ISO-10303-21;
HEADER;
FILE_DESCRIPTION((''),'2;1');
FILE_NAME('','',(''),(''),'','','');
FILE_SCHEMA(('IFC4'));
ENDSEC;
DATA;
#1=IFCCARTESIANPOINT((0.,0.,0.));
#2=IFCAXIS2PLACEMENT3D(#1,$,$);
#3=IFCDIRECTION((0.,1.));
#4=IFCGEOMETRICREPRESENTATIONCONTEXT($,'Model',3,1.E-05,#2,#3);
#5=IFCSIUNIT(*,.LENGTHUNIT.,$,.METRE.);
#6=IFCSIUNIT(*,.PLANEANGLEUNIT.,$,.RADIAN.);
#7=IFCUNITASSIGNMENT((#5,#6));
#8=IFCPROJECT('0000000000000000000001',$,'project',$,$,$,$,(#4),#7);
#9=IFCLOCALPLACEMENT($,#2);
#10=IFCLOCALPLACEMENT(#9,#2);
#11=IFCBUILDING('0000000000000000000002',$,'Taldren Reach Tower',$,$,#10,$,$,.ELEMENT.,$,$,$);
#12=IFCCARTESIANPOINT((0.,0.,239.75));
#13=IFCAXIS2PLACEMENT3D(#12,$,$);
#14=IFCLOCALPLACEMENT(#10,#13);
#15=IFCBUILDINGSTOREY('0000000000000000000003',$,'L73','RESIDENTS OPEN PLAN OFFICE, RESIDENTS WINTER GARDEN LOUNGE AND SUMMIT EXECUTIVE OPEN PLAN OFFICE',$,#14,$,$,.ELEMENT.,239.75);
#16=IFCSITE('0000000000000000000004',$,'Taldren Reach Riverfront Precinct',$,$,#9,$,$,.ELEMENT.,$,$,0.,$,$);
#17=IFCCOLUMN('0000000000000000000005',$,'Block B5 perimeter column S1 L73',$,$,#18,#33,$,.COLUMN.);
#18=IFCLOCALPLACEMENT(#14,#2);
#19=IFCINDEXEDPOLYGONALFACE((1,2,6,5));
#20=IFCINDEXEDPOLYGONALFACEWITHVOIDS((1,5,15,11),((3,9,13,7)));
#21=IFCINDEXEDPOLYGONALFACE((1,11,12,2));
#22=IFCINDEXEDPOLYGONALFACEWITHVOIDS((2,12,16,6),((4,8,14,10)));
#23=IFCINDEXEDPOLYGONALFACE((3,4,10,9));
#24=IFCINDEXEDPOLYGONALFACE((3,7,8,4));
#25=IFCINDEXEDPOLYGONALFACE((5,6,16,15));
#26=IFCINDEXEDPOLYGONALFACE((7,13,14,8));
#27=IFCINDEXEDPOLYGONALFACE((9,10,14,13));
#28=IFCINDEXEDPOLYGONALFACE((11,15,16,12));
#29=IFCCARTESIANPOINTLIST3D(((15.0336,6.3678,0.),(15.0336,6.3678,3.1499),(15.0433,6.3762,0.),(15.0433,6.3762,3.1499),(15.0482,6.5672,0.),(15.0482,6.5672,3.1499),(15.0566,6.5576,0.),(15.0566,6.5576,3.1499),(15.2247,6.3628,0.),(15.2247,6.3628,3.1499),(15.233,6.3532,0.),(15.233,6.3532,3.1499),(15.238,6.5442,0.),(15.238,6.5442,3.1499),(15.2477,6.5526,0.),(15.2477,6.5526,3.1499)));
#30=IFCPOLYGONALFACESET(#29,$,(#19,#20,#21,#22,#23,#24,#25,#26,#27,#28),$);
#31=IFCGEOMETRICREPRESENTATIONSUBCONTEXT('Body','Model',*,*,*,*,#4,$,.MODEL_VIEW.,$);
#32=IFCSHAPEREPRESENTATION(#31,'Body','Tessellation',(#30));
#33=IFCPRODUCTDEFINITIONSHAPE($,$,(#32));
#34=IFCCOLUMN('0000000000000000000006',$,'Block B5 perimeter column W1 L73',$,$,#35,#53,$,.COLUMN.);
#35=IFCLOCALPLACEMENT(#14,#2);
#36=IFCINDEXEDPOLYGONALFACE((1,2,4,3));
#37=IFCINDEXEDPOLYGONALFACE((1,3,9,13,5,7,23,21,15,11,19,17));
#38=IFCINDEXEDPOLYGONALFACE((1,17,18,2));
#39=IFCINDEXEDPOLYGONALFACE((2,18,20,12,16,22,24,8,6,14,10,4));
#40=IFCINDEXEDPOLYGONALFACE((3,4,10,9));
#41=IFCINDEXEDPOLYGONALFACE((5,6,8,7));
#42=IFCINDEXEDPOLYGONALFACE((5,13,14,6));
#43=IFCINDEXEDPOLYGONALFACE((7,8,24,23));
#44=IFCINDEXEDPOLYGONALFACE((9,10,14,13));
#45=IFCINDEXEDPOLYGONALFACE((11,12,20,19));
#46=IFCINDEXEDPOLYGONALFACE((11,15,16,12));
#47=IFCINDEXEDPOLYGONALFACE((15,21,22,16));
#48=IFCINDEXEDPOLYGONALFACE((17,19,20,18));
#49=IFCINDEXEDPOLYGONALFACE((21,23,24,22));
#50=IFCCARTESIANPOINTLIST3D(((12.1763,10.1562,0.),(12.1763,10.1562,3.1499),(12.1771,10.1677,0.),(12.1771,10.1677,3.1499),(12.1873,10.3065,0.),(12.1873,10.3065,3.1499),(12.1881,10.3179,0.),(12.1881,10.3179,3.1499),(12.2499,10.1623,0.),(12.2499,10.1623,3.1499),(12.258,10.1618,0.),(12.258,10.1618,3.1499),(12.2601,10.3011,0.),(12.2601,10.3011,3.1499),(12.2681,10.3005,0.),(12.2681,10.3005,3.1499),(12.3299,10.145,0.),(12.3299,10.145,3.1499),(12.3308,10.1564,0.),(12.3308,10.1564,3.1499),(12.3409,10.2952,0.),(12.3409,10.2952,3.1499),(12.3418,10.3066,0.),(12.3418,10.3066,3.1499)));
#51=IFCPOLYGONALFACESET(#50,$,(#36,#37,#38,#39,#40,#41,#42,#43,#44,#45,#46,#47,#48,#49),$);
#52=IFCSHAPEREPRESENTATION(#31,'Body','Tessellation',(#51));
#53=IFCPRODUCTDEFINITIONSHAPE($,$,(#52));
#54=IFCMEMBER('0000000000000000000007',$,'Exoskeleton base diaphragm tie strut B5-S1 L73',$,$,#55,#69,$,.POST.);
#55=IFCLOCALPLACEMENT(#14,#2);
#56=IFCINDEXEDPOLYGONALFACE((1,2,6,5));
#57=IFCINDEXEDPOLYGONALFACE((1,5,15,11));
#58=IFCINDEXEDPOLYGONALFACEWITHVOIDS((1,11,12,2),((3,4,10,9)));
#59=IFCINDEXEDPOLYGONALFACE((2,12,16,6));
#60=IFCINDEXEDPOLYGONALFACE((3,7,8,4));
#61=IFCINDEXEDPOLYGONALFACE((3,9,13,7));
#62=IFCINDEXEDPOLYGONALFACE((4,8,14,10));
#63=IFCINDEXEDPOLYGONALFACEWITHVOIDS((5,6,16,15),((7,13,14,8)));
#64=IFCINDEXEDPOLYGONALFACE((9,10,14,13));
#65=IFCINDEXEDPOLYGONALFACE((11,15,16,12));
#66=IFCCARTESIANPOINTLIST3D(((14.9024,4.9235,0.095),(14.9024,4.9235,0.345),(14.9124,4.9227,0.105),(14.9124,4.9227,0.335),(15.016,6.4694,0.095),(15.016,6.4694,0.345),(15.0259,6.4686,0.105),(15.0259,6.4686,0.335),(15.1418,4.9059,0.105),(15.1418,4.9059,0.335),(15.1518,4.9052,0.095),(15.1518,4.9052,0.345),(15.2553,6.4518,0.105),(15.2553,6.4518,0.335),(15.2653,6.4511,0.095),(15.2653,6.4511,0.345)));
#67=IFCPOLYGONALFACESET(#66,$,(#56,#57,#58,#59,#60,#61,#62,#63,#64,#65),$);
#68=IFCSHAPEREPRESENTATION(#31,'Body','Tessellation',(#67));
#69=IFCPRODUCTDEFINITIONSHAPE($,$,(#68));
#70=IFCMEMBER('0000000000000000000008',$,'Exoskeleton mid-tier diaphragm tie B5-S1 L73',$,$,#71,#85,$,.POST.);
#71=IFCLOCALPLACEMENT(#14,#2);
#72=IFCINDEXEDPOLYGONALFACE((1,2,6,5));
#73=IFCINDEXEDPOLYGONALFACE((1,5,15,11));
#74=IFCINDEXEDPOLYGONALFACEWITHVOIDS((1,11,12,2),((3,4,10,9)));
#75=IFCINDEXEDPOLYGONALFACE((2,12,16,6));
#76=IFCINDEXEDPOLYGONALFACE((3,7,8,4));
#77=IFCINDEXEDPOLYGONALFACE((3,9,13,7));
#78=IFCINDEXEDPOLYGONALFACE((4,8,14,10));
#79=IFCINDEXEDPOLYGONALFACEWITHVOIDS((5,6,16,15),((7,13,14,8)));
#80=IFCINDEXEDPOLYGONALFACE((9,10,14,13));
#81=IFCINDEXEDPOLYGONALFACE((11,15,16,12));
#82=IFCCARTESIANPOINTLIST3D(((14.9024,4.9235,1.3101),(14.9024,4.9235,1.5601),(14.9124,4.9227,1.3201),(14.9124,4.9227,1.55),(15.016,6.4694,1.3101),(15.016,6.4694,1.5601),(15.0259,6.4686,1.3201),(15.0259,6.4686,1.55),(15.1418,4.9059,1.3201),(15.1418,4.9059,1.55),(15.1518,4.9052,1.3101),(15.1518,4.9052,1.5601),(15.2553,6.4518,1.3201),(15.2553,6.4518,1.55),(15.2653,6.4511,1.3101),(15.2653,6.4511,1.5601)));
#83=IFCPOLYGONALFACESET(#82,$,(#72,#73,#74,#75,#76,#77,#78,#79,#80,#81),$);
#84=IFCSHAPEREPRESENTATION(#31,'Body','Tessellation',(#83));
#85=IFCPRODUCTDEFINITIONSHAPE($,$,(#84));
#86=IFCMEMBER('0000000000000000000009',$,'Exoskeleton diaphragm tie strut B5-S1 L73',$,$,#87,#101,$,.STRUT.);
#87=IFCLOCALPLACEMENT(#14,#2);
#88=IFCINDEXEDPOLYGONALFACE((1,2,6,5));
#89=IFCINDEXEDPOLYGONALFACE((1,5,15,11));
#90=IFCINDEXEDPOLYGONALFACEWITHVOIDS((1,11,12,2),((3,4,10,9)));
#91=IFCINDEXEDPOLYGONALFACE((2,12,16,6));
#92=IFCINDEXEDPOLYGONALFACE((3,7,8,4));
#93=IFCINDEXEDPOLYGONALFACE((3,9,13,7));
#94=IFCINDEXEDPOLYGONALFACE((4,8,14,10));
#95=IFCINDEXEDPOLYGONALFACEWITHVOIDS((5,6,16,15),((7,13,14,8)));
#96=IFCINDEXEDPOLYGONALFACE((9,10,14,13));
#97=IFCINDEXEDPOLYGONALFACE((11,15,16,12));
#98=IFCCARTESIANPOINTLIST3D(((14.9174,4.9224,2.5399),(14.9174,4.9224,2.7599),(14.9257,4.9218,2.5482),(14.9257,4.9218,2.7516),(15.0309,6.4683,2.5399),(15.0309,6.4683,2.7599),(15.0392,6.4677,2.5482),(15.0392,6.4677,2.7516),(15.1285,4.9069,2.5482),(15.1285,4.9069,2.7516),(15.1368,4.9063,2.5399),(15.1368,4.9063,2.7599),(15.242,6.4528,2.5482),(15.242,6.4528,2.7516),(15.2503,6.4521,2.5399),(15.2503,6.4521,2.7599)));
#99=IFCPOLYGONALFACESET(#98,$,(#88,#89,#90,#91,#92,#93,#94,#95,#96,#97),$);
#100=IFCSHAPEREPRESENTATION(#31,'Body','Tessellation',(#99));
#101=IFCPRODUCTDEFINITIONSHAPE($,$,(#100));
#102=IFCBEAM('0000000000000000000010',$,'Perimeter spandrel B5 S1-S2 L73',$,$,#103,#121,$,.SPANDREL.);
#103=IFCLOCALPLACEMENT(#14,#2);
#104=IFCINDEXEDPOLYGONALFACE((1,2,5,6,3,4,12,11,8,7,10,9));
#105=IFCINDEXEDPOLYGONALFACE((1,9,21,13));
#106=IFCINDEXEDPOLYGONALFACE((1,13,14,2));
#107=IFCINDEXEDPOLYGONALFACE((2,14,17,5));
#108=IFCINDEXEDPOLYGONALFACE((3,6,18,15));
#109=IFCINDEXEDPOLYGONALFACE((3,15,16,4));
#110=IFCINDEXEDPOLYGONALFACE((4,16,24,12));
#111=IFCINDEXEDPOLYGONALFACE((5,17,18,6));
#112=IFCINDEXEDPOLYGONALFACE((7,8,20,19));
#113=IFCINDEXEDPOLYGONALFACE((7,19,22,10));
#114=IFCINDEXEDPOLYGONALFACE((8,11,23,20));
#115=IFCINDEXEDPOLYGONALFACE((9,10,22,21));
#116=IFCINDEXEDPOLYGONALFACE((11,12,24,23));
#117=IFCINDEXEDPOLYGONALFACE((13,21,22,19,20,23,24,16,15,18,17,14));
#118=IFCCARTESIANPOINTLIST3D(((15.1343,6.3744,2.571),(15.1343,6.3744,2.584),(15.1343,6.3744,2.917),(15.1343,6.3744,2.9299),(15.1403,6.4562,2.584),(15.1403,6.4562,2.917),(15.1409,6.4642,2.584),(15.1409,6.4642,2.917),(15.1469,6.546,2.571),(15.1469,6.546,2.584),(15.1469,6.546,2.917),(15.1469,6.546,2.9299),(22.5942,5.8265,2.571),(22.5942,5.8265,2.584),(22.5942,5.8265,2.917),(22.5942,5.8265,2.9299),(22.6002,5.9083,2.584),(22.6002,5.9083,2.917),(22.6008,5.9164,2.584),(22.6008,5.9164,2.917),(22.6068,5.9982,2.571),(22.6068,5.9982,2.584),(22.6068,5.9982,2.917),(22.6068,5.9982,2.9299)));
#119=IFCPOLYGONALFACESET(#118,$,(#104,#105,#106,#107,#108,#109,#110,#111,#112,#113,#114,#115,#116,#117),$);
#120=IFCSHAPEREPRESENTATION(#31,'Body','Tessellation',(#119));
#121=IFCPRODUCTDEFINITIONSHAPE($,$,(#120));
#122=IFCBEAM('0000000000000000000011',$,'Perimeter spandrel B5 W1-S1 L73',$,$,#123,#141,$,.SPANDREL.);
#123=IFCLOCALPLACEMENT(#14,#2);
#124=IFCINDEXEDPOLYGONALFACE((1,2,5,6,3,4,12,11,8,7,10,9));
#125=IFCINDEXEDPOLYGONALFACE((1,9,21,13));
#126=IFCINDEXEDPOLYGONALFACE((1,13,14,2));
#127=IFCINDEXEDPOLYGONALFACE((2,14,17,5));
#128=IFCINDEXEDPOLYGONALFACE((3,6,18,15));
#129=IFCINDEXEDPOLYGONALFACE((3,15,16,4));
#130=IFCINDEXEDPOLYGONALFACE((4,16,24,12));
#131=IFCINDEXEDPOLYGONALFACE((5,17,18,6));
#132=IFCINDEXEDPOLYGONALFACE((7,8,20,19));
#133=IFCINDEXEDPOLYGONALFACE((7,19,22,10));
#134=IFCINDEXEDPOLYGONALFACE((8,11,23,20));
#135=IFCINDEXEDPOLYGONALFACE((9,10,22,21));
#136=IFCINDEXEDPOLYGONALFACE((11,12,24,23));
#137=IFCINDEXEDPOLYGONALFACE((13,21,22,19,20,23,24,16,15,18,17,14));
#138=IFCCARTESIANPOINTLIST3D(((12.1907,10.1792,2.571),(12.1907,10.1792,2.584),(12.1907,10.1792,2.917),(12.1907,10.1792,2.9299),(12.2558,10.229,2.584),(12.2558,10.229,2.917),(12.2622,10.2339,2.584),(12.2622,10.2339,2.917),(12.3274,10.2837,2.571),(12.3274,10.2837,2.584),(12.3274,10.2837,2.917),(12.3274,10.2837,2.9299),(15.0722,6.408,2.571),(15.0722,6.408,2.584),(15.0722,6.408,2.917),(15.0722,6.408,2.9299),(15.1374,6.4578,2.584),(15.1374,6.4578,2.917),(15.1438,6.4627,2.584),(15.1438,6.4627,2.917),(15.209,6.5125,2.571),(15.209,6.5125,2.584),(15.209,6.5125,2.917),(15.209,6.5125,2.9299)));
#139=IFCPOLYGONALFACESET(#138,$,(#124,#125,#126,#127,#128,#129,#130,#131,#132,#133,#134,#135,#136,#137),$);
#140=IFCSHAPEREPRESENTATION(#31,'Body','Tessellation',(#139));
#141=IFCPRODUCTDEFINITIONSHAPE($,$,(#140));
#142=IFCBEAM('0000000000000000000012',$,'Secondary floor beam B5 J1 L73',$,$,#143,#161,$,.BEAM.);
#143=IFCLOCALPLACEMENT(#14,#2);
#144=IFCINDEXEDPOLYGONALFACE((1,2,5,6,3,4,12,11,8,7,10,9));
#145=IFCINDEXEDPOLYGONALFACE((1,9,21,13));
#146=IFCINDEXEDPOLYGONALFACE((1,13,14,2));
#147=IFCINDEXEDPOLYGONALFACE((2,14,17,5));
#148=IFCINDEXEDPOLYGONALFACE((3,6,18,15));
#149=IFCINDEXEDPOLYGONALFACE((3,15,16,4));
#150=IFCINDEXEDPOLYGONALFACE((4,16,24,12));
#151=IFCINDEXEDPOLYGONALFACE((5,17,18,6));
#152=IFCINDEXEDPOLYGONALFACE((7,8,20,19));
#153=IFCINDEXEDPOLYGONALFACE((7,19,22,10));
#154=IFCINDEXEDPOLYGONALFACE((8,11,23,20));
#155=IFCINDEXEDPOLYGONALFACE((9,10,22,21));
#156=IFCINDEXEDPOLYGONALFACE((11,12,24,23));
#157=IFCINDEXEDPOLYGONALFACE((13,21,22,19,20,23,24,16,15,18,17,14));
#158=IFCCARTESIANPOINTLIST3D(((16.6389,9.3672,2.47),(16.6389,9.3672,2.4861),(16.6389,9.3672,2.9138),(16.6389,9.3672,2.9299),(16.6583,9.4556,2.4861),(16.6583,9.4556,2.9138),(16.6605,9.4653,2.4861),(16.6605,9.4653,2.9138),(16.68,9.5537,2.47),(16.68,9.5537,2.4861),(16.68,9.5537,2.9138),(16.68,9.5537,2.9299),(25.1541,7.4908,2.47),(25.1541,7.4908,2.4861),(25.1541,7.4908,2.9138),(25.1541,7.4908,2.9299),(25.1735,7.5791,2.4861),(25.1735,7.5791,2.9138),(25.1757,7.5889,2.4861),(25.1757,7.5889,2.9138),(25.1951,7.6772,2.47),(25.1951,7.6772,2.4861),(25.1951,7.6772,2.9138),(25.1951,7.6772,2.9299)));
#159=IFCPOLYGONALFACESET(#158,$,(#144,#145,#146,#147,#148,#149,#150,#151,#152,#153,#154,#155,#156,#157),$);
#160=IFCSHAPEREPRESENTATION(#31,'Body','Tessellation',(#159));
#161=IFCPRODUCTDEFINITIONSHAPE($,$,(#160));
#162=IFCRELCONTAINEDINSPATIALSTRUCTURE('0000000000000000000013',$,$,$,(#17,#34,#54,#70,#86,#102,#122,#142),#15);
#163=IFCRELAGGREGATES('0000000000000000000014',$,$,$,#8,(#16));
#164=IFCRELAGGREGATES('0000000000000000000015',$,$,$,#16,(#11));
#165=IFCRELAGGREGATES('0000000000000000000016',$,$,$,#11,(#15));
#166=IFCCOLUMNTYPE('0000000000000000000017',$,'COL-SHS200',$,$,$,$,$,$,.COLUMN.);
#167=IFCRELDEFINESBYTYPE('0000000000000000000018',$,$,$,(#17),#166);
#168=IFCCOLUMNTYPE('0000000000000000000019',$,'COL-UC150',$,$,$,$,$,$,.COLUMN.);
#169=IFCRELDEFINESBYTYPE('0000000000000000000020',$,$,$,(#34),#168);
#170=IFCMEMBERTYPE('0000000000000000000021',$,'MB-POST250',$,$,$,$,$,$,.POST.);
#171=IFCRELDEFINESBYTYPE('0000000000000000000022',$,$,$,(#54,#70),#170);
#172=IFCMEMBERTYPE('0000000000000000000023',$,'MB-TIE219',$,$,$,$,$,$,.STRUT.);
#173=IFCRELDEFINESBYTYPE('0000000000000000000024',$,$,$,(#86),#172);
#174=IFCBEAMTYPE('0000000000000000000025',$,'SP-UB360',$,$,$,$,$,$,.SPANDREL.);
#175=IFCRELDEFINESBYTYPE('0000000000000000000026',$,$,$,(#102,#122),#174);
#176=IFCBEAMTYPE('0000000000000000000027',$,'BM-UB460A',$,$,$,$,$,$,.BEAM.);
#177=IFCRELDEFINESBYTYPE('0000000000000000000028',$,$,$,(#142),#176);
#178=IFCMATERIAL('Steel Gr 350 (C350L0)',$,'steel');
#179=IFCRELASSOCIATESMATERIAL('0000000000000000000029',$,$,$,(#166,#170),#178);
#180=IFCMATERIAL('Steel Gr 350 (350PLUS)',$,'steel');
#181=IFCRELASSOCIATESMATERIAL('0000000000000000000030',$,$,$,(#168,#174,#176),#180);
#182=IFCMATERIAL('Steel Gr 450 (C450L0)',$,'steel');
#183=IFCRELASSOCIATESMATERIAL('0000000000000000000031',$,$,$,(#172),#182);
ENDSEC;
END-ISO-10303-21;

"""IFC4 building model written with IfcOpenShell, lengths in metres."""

from ifc_helpers import new_model, si_unit, direction, frame, origin, origin_2d, place, context, subcontext, project, spatial, hollow_rectangle, i_section, extrude, source, transform, mapped, material, material_profile, profile_set, type_object, element, save


model = new_model("IFC4")

# Units and contexts
model_context = context("Model", 3, precision=1e-05, world=origin(), true_north=direction((0.0, 1.0)))
body_context = subcontext(model_context, "Body", "Model", "MODEL_VIEW")
ifc_project = project(units=[si_unit("LENGTHUNIT", "METRE"), si_unit("PLANEANGLEUNIT", "RADIAN")], contexts=[model_context])

# Site, building, storey
site_placement = place(None, origin())
site = spatial("IfcSite", under=ifc_project, at=site_placement, Name="Taldren Reach Riverfront Precinct", CompositionType="ELEMENT", RefElevation=0.0)
building_placement = place(site_placement, origin())
building = spatial("IfcBuilding", under=site, at=building_placement, Name="Taldren Reach Tower", CompositionType="ELEMENT")
storey_placement = place(building_placement, frame((0.0, 0.0, 239.75)))
storey = spatial("IfcBuildingStorey", under=building, at=storey_placement, Name="L73", Description="RESIDENTS OPEN PLAN OFFICE, RESIDENTS WINTER GARDEN LOUNGE AND SUMMIT EXECUTIVE OPEN PLAN OFFICE", CompositionType="ELEMENT", Elevation=239.75)

# Columns
ifc_material_1 = material(Name="Steel Gr 350 (C350L0)", Category="steel")
ifc_material_profile_1 = material_profile(ifc_material_1, hollow_rectangle(XDim=0.2, YDim=0.2, WallThickness=0.009, at=origin_2d()), Name="200x200x9.0SHS")
ifc_profile_set_1 = profile_set([ifc_material_profile_1], Name="Steel Gr 350 (C350L0)")
column_type_1 = type_object("IfcColumnType", Name="COL-SHS200", PredefinedType="COLUMN", material=ifc_profile_set_1)
shared_shape_1 = source(origin(), body_context, "Body", "SweptSolid", [
    extrude(hollow_rectangle(XDim=0.2, YDim=0.2, WallThickness=0.009, at=origin_2d()), origin(), (0.0, 0.0, 1.0), 3.1499),
])
column_1_placement = place(storey_placement, frame((15.1406, 6.4602, 0.0), z_axis=(0.0, 0.0, 1.0), x_axis=(0.997314, -0.073238, 0.0)))
element("IfcColumn", 1, at=column_1_placement, inside=storey, type_object=column_type_1, Name="Block B5 perimeter column S1 L73", PredefinedType="COLUMN", context=body_context, shape_type="MappedRepresentation", body=[
    mapped(shared_shape_1, transform((0.0, 0.0, 0.0), scale=1.0)),
])
ifc_material_2 = material(Name="Steel Gr 350 (350PLUS)", Category="steel")
ifc_material_profile_2 = material_profile(ifc_material_2, i_section(OverallWidth=0.1541, OverallDepth=0.1621, WebThickness=0.0081, FlangeThickness=0.0115, at=origin_2d()), Name="150UC37.2")
ifc_profile_set_2 = profile_set([ifc_material_profile_2], Name="Steel Gr 350 (350PLUS)")
column_type_2 = type_object("IfcColumnType", Name="COL-UC150", PredefinedType="COLUMN", material=ifc_profile_set_2)
shared_shape_2 = source(origin(), body_context, "Body", "SweptSolid", [
    extrude(i_section(OverallWidth=0.1541, OverallDepth=0.1621, WebThickness=0.0081, FlangeThickness=0.0115, at=origin_2d()), origin(), (0.0, 0.0, 1.0), 3.1499),
])
column_2_placement = place(storey_placement, frame((12.259, 10.2314, 0.0), z_axis=(0.0, 0.0, 1.0), x_axis=(0.997314, -0.073238, 0.0)))
element("IfcColumn", 2, at=column_2_placement, inside=storey, type_object=column_type_2, Name="Block B5 perimeter column W1 L73", PredefinedType="COLUMN", context=body_context, shape_type="MappedRepresentation", body=[
    mapped(shared_shape_2, transform((0.0, 0.0, 0.0), scale=1.0)),
])

# Members
ifc_material_profile_3 = material_profile(ifc_material_1, hollow_rectangle(XDim=0.25, YDim=0.25, WallThickness=0.01, at=origin_2d()), Name="250x250x10.0SHS")
ifc_profile_set_3 = profile_set([ifc_material_profile_3], Name="Steel Gr 350 (C350L0)")
member_type_1 = type_object("IfcMemberType", Name="MB-POST250", PredefinedType="POST", material=ifc_profile_set_3)
shared_shape_3 = source(origin(), body_context, "Body", "SweptSolid", [
    extrude(hollow_rectangle(XDim=0.25, YDim=0.25, WallThickness=0.01, at=origin_2d()), origin(), (0.0, 0.0, 1.0), 1.55),
])
for number, where, z_axis, x_axis, name in (
    (3, (15.1406, 6.4602, 0.22), (-0.073239, -0.997314, 0.0), (0.997314, -0.073239, 0.0), "Exoskeleton base diaphragm tie strut B5-S1 L73"),
    (4, (15.1406, 6.4602, 1.4351), (-0.073239, -0.997314, 0.0), (0.997314, -0.073239, 0.0), "Exoskeleton mid-tier diaphragm tie B5-S1 L73"),
):
    element("IfcMember", number, at=place(storey_placement, frame(where, z_axis=z_axis, x_axis=x_axis)), inside=storey, type_object=member_type_1, Name=name, PredefinedType="POST", context=body_context, shape_type="MappedRepresentation", body=[
        mapped(shared_shape_3, transform((0.0, 0.0, 0.0), scale=1.0)),
    ])
ifc_material_3 = material(Name="Steel Gr 450 (C450L0)", Category="steel")
ifc_material_profile_4 = material_profile(ifc_material_3, hollow_rectangle(XDim=0.22, YDim=0.22, WallThickness=0.0083, at=origin_2d()), Name="220x220x8.2SHS")
ifc_profile_set_4 = profile_set([ifc_material_profile_4], Name="Steel Gr 450 (C450L0)")
member_type_2 = type_object("IfcMemberType", Name="MB-TIE219", PredefinedType="STRUT", material=ifc_profile_set_4)
shared_shape_4 = source(origin(), body_context, "Body", "SweptSolid", [
    extrude(hollow_rectangle(XDim=0.22, YDim=0.22, WallThickness=0.0083, at=origin_2d()), origin(), (0.0, 0.0, 1.0), 1.55),
])
member_1_placement = place(storey_placement, frame((15.1406, 6.4602, 2.6499), z_axis=(-0.073239, -0.997314, 0.0), x_axis=(0.997314, -0.073239, 0.0)))
element("IfcMember", 5, at=member_1_placement, inside=storey, type_object=member_type_2, Name="Exoskeleton diaphragm tie strut B5-S1 L73", PredefinedType="STRUT", context=body_context, shape_type="MappedRepresentation", body=[
    mapped(shared_shape_4, transform((0.0, 0.0, 0.0), scale=1.0)),
])

# Beams
ifc_material_profile_5 = material_profile(ifc_material_2, i_section(OverallWidth=0.1721, OverallDepth=0.3589, WebThickness=0.0081, FlangeThickness=0.0129, at=origin_2d()), Name="360UB56.7")
ifc_profile_set_5 = profile_set([ifc_material_profile_5], Name="Steel Gr 350 (350PLUS)")
beam_type_1 = type_object("IfcBeamType", Name="SP-UB360", PredefinedType="SPANDREL", material=ifc_profile_set_5)
shared_shape_5 = source(origin(), body_context, "Body", "SweptSolid", [
    extrude(i_section(OverallWidth=0.1721, OverallDepth=0.3589, WebThickness=0.0081, FlangeThickness=0.0129, at=origin_2d()), origin(), (0.0, 0.0, 1.0), 7.48),
])
beam_1_placement = place(storey_placement, frame((15.1406, 6.4602, 2.7505), z_axis=(0.997314, -0.073242, 0.0), x_axis=(0.073242, 0.997314, 0.0)))
element("IfcBeam", 6, at=beam_1_placement, inside=storey, type_object=beam_type_1, Name="Perimeter spandrel B5 S1-S2 L73", PredefinedType="SPANDREL", context=body_context, shape_type="MappedRepresentation", body=[
    mapped(shared_shape_5, transform((0.0, 0.0, 0.0), scale=1.0)),
])
shared_shape_6 = source(origin(), body_context, "Body", "SweptSolid", [
    extrude(i_section(OverallWidth=0.1721, OverallDepth=0.3589, WebThickness=0.0081, FlangeThickness=0.0129, at=origin_2d()), origin(), (0.0, 0.0, 1.0), 4.7461),
])
beam_2_placement = place(storey_placement, frame((12.259, 10.2314, 2.7505), z_axis=(0.607145, -0.794591, 0.0), x_axis=(0.794591, 0.607145, 0.0)))
element("IfcBeam", 7, at=beam_2_placement, inside=storey, type_object=beam_type_1, Name="Perimeter spandrel B5 W1-S1 L73", PredefinedType="SPANDREL", context=body_context, shape_type="MappedRepresentation", body=[
    mapped(shared_shape_6, transform((0.0, 0.0, 0.0), scale=1.0)),
])
ifc_material_profile_6 = material_profile(ifc_material_2, i_section(OverallWidth=0.1909, OverallDepth=0.46, WebThickness=0.01, FlangeThickness=0.0161, at=origin_2d()), Name="460UB82.1")
ifc_profile_set_6 = profile_set([ifc_material_profile_6], Name="Steel Gr 350 (350PLUS)")
beam_type_2 = type_object("IfcBeamType", Name="BM-UB460A", PredefinedType="BEAM", material=ifc_profile_set_6)
shared_shape_7 = source(origin(), body_context, "Body", "SweptSolid", [
    extrude(i_section(OverallWidth=0.1909, OverallDepth=0.46, WebThickness=0.01, FlangeThickness=0.0161, at=origin_2d()), origin(), (0.0, 0.0, 1.0), 8.7195),
])
beam_3_placement = place(storey_placement, frame((16.6594, 9.4604, 2.7), z_axis=(0.976569, -0.215205, 0.0), x_axis=(0.215205, 0.976569, 0.0)))
element("IfcBeam", 8, at=beam_3_placement, inside=storey, type_object=beam_type_2, Name="Secondary floor beam B5 J1 L73", PredefinedType="BEAM", context=body_context, shape_type="MappedRepresentation", body=[
    mapped(shared_shape_7, transform((0.0, 0.0, 0.0), scale=1.0)),
])

save(model, "model.ifc")
